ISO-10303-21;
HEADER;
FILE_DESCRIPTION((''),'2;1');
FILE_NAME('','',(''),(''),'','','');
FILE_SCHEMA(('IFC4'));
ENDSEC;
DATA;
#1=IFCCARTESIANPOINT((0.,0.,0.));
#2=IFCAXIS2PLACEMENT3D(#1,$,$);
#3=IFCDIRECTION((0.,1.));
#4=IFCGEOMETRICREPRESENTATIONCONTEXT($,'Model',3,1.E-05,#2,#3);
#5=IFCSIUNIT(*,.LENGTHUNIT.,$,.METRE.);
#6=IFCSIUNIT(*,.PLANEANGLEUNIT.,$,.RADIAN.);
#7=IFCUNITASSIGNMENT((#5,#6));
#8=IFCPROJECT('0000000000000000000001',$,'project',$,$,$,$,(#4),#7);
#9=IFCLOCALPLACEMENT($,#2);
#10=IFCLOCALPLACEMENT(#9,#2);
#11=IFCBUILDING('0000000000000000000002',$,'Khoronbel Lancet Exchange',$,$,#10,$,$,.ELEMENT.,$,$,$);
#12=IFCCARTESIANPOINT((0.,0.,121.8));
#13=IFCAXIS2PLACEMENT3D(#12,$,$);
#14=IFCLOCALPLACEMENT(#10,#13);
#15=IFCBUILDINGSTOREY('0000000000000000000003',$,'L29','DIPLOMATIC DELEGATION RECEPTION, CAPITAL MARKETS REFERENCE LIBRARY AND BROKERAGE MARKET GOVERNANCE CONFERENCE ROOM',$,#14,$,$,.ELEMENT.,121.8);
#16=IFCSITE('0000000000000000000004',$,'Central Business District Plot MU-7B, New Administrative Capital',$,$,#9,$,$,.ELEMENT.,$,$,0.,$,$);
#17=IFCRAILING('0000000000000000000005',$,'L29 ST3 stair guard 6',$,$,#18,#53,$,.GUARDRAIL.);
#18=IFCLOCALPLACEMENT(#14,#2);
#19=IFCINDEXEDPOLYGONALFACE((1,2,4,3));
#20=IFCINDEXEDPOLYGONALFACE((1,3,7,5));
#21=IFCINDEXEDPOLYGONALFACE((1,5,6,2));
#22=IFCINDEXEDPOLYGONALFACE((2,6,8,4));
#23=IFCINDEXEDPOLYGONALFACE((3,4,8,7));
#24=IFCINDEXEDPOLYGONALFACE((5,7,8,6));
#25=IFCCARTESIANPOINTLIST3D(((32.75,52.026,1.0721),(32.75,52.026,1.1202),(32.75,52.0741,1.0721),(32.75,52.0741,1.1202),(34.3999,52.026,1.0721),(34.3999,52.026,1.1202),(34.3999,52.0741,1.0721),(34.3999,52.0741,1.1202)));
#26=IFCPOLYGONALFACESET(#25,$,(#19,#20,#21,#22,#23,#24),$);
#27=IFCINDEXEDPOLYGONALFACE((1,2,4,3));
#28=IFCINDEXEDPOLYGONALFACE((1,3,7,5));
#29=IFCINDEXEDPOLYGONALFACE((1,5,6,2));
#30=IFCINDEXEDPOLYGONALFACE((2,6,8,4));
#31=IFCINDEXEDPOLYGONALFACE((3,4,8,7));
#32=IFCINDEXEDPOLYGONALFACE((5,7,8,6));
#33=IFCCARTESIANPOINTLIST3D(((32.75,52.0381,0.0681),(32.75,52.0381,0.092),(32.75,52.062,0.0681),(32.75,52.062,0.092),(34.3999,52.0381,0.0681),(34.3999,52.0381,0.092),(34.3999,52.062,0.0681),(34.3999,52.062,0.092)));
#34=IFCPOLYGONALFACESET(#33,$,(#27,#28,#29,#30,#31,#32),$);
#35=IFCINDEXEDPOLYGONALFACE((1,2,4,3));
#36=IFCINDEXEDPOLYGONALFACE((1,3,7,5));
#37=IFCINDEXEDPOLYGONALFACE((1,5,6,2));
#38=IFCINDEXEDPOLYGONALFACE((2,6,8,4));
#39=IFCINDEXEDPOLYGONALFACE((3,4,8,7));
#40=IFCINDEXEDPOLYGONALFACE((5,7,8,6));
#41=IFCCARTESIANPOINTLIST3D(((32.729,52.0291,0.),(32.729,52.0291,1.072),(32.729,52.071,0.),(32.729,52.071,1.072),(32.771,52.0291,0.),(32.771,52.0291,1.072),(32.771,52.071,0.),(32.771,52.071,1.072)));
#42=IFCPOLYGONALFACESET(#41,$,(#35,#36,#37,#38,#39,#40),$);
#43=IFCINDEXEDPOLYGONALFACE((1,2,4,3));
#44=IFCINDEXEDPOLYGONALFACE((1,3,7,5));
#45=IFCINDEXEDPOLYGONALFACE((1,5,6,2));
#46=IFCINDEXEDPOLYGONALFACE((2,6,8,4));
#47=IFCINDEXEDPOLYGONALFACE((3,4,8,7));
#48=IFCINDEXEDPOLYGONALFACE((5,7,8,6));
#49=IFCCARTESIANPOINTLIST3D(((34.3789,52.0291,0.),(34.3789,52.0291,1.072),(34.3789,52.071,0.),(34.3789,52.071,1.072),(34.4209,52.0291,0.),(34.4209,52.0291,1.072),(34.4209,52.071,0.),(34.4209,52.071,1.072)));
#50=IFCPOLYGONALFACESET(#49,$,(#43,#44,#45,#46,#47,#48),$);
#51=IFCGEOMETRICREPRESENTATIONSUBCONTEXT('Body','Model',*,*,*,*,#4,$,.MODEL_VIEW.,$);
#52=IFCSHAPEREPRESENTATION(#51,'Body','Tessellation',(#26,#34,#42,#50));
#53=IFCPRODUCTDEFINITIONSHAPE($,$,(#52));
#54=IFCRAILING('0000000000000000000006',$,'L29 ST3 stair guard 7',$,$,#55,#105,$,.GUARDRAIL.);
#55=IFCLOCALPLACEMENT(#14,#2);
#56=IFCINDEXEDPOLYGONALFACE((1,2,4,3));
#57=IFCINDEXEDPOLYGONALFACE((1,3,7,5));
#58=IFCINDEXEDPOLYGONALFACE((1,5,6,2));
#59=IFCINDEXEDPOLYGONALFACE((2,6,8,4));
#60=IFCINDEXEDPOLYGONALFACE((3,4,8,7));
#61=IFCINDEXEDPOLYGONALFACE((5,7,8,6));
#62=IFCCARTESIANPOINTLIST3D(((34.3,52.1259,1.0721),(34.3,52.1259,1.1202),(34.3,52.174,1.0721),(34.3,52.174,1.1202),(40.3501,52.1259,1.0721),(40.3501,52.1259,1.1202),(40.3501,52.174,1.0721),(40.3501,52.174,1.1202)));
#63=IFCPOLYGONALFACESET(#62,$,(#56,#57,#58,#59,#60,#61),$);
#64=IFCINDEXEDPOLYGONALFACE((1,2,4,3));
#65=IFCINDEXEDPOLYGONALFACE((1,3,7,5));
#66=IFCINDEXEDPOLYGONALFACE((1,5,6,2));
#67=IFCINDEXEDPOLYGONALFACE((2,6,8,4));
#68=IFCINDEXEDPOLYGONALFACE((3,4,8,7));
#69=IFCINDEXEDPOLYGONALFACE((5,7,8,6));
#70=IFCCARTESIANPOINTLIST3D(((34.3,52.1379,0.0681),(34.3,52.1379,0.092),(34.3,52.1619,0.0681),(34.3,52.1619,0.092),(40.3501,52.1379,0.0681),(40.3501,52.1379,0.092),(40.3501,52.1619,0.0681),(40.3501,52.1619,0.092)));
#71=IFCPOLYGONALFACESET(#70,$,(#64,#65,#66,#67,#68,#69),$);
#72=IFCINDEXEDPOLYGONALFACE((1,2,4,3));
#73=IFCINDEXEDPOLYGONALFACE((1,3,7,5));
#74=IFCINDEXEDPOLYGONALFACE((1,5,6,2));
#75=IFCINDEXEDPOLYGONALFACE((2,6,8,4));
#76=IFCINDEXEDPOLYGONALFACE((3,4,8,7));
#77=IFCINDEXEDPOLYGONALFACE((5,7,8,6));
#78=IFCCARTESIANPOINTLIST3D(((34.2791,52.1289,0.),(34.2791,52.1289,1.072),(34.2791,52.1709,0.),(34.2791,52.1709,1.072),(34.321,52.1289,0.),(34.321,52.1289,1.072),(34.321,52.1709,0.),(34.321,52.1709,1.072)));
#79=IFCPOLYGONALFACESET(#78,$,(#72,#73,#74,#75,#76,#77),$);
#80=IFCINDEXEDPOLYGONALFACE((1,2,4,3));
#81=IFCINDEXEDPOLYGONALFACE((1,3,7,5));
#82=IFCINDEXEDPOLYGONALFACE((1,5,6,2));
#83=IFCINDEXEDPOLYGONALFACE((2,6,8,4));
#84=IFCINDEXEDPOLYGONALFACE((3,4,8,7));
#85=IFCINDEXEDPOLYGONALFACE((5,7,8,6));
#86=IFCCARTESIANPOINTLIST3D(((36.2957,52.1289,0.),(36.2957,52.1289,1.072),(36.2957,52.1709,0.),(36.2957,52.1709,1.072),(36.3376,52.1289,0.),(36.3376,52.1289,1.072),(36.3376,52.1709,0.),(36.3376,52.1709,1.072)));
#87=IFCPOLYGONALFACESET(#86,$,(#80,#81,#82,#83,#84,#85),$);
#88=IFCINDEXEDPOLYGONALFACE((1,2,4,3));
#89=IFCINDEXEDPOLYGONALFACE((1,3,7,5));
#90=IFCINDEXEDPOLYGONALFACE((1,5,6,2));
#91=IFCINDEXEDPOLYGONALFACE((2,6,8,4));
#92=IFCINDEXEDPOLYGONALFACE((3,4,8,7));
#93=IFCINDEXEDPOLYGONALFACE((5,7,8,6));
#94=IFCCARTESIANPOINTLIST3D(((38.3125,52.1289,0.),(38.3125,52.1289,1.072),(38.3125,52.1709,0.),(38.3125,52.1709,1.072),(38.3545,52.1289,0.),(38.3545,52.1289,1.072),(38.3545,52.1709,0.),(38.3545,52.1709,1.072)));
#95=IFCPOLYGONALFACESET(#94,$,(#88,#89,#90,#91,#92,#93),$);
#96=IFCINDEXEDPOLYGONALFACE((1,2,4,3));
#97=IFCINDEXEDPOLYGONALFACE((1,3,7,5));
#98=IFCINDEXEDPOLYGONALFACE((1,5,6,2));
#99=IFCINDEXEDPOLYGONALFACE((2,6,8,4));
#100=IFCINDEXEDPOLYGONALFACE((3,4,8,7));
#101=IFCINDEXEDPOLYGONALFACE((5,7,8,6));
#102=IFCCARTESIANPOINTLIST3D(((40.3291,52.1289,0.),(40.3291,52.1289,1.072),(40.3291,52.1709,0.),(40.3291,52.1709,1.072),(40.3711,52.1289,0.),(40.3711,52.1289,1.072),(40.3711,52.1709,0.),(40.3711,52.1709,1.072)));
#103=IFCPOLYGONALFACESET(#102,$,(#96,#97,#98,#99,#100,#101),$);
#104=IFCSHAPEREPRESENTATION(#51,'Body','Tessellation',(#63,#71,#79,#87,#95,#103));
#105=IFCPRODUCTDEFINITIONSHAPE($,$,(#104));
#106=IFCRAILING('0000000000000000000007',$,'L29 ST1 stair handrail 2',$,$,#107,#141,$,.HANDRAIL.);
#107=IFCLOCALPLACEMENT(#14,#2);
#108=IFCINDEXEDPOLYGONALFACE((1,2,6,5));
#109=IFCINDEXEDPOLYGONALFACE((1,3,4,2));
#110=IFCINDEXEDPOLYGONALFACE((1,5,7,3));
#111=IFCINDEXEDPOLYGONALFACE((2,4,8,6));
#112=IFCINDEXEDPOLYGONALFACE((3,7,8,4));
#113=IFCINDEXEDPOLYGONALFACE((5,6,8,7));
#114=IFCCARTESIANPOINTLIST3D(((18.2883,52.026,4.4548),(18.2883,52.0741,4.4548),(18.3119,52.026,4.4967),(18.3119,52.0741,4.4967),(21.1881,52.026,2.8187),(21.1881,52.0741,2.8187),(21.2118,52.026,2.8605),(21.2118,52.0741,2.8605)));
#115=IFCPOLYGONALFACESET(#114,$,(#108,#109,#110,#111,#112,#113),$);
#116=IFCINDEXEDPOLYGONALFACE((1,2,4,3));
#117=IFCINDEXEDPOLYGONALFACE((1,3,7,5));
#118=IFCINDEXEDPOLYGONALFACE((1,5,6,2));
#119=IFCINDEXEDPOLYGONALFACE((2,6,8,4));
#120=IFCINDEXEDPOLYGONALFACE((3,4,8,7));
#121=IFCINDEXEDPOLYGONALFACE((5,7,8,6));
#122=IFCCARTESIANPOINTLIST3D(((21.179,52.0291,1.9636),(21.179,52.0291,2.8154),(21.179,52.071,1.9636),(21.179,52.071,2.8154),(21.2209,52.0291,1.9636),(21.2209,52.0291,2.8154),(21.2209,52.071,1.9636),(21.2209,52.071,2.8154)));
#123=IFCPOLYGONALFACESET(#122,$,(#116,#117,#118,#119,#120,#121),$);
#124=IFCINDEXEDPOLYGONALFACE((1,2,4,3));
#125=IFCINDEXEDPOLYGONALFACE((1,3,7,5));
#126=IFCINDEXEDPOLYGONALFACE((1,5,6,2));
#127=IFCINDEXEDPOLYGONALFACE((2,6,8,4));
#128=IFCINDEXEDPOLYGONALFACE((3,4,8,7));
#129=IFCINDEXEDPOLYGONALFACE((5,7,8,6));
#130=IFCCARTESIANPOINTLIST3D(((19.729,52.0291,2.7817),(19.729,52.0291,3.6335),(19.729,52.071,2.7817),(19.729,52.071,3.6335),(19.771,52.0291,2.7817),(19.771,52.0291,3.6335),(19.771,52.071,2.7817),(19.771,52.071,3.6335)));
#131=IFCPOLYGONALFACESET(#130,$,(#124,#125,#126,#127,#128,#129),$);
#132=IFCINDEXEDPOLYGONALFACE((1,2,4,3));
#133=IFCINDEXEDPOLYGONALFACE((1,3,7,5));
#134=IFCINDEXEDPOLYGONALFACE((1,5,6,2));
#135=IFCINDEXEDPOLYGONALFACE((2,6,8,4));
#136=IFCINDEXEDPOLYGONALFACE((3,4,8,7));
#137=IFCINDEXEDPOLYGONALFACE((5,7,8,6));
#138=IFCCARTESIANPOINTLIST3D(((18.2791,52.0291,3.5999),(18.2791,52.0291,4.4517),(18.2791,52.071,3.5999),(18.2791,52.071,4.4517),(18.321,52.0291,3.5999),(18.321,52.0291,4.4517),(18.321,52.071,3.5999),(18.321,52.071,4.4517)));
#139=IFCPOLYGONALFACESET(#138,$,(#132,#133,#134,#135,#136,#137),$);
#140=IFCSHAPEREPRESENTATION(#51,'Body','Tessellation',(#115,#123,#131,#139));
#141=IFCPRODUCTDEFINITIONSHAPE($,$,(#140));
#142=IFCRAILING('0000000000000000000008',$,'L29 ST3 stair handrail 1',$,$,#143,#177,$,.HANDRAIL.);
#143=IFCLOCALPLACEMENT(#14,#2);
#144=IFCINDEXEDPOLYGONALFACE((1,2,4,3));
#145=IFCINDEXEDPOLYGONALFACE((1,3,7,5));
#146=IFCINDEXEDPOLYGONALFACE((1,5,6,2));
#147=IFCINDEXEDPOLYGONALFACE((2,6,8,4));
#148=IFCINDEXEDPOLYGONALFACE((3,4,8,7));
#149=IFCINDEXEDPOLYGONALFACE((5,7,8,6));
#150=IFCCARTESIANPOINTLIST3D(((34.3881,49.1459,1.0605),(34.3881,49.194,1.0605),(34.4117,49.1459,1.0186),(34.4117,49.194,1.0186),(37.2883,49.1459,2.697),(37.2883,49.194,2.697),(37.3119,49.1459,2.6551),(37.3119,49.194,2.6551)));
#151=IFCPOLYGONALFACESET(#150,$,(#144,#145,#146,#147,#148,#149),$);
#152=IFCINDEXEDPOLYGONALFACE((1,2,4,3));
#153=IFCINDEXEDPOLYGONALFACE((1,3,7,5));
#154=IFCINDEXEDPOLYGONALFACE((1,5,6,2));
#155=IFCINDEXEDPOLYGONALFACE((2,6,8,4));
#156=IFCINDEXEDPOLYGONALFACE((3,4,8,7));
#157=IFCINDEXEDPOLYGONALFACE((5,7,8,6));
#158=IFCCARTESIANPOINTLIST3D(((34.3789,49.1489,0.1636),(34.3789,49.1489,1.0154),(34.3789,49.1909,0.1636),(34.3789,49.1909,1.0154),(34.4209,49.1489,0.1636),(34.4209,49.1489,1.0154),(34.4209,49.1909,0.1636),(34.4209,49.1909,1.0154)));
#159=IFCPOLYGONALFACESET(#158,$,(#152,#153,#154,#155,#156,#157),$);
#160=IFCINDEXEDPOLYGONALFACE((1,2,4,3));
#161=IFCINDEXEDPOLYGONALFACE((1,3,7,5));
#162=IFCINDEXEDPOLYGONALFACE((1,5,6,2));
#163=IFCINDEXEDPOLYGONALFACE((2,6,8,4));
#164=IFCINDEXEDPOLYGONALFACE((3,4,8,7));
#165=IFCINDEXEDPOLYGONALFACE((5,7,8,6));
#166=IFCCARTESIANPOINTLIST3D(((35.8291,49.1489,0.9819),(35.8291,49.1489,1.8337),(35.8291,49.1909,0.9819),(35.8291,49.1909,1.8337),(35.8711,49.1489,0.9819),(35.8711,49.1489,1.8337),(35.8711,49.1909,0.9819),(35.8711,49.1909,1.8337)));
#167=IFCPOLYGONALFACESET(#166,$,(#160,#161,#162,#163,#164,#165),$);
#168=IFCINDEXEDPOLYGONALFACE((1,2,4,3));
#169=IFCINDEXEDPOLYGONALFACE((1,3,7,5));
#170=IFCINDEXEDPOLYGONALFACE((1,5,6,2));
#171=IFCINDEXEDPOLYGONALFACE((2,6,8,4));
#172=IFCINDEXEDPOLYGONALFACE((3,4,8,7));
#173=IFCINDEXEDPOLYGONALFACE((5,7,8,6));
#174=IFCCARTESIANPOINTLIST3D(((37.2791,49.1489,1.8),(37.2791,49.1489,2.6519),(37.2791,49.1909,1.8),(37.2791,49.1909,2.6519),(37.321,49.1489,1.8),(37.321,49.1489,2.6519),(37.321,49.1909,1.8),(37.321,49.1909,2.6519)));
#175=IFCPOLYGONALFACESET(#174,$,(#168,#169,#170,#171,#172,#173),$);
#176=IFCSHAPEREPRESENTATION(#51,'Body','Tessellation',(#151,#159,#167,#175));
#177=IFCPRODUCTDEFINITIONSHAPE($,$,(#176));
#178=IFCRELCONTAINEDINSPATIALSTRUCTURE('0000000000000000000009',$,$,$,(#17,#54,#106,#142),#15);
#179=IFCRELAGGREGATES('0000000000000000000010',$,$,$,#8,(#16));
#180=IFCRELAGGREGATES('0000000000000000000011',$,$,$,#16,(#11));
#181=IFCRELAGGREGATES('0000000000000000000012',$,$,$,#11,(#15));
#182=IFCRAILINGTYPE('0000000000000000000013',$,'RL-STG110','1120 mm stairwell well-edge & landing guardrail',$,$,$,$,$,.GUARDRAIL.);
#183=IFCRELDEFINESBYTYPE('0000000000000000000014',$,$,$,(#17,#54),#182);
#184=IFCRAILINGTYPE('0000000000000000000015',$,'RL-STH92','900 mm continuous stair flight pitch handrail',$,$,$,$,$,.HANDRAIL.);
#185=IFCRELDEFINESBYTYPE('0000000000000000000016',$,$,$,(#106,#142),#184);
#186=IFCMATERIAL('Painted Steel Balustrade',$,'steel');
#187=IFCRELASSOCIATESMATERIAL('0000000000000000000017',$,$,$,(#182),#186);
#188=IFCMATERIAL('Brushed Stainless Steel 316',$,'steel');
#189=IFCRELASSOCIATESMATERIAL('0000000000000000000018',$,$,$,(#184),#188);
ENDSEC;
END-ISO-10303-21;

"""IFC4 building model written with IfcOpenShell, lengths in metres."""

from ifc_helpers import new_model, si_unit, direction, frame, origin, origin_2d, place, context, subcontext, project, spatial, rectangle, extrude, material, type_object, element, save


model = new_model("IFC4")

# Units and contexts
model_context = context("Model", 3, precision=1e-05, world=origin(), true_north=direction((0.0, 1.0)))
body_context = subcontext(model_context, "Body", "Model", "MODEL_VIEW")
ifc_project = project(units=[si_unit("LENGTHUNIT", "METRE"), si_unit("PLANEANGLEUNIT", "RADIAN")], contexts=[model_context])

# Site, building, storey
site_placement = place(None, origin())
site = spatial("IfcSite", under=ifc_project, at=site_placement, Name="Central Business District Plot MU-7B, New Administrative Capital", CompositionType="ELEMENT", RefElevation=0.0)
building_placement = place(site_placement, origin())
building = spatial("IfcBuilding", under=site, at=building_placement, Name="Khoronbel Lancet Exchange", CompositionType="ELEMENT")
storey_placement = place(building_placement, frame((0.0, 0.0, 121.8)))
storey = spatial("IfcBuildingStorey", under=building, at=storey_placement, Name="L29", Description="DIPLOMATIC DELEGATION RECEPTION, CAPITAL MARKETS REFERENCE LIBRARY AND BROKERAGE MARKET GOVERNANCE CONFERENCE ROOM", CompositionType="ELEMENT", Elevation=121.8)

# Railings
ifc_material_1 = material(Name="Painted Steel Balustrade", Category="steel")
railing_type_1 = type_object("IfcRailingType", Name="RL-STG110", Description="1120 mm stairwell well-edge & landing guardrail", PredefinedType="GUARDRAIL", material=ifc_material_1)
railing_1_placement = place(storey_placement, frame((32.75, 52.05, 0.0)))
element("IfcRailing", 1, at=railing_1_placement, inside=storey, type_object=railing_type_1, Name="L29 ST3 stair guard 6", PredefinedType="GUARDRAIL", context=body_context, shape_type="SweptSolid", body=[
    extrude(rectangle(XDim=0.0481, YDim=0.0481, at=origin_2d()), frame((0.0, 0.0, 1.0962), z_axis=(1.0, 0.0, 0.0), x_axis=(0.0, 1.0, 0.0)), (0.0, 0.0, 1.0), 1.6499),
    extrude(rectangle(XDim=0.0239, YDim=0.0239, at=origin_2d()), frame((0.0, 0.0, 0.0801), z_axis=(1.0, 0.0, 0.0), x_axis=(0.0, 1.0, 0.0)), (0.0, 0.0, 1.0), 1.6499),
    extrude(rectangle(XDim=0.042, YDim=0.042, at=origin_2d()), origin(), (0.0, 0.0, 1.0), 1.072),
    extrude(rectangle(XDim=0.042, YDim=0.042, at=origin_2d()), frame((1.6499, 0.0, 0.0)), (0.0, 0.0, 1.0), 1.072),
])
railing_2_placement = place(storey_placement, frame((34.3, 52.1499, 0.0)))
element("IfcRailing", 2, at=railing_2_placement, inside=storey, type_object=railing_type_1, Name="L29 ST3 stair guard 7", PredefinedType="GUARDRAIL", context=body_context, shape_type="SweptSolid", body=[
    extrude(rectangle(XDim=0.0481, YDim=0.0481, at=origin_2d()), frame((0.0, 0.0, 1.0962), z_axis=(1.0, 0.0, 0.0), x_axis=(0.0, 1.0, 0.0)), (0.0, 0.0, 1.0), 6.05),
    extrude(rectangle(XDim=0.0239, YDim=0.0239, at=origin_2d()), frame((0.0, 0.0, 0.0801), z_axis=(1.0, 0.0, 0.0), x_axis=(0.0, 1.0, 0.0)), (0.0, 0.0, 1.0), 6.05),
    extrude(rectangle(XDim=0.042, YDim=0.042, at=origin_2d()), origin(), (0.0, 0.0, 1.0), 1.072),
    extrude(rectangle(XDim=0.042, YDim=0.042, at=origin_2d()), frame((2.0166, 0.0, 0.0)), (0.0, 0.0, 1.0), 1.072),
    extrude(rectangle(XDim=0.042, YDim=0.042, at=origin_2d()), frame((4.0334, 0.0, 0.0)), (0.0, 0.0, 1.0), 1.072),
    extrude(rectangle(XDim=0.042, YDim=0.042, at=origin_2d()), frame((6.05, 0.0, 0.0)), (0.0, 0.0, 1.0), 1.072),
])
ifc_material_2 = material(Name="Brushed Stainless Steel 316", Category="steel")
railing_type_2 = type_object("IfcRailingType", Name="RL-STH92", Description="900 mm continuous stair flight pitch handrail", PredefinedType="HANDRAIL", material=ifc_material_2)
railing_3_placement = place(storey_placement, frame((21.2, 52.05, 1.9636)))
element("IfcRailing", 3, at=railing_3_placement, inside=storey, type_object=railing_type_2, Name="L29 ST1 stair handrail 2", PredefinedType="HANDRAIL", context=body_context, shape_type="SweptSolid", body=[
    extrude(rectangle(XDim=0.0481, YDim=0.0481, at=origin_2d()), frame((0.0, 0.0, 0.876), z_axis=(-0.870929, 0.0, 0.49141), x_axis=(0.0, -1.0, 0.0)), (0.0, 0.0, 1.0), 3.3296),
    extrude(rectangle(XDim=0.042, YDim=0.042, at=origin_2d()), origin(), (0.0, 0.0, 1.0), 0.8518),
    extrude(rectangle(XDim=0.042, YDim=0.042, at=origin_2d()), frame((-1.45, 0.0, 0.8181)), (0.0, 0.0, 1.0), 0.8518),
    extrude(rectangle(XDim=0.042, YDim=0.042, at=origin_2d()), frame((-2.8999, 0.0, 1.6362)), (0.0, 0.0, 1.0), 0.8518),
])
railing_4_placement = place(storey_placement, frame((34.3999, 49.1699, 0.1636)))
element("IfcRailing", 4, at=railing_4_placement, inside=storey, type_object=railing_type_2, Name="L29 ST3 stair handrail 1", PredefinedType="HANDRAIL", context=body_context, shape_type="SweptSolid", body=[
    extrude(rectangle(XDim=0.0481, YDim=0.0481, at=origin_2d()), frame((0.0, 0.0, 0.876), z_axis=(0.870915, 0.0, 0.491434), x_axis=(0.0, 1.0, 0.0)), (0.0, 0.0, 1.0), 3.3301),
    extrude(rectangle(XDim=0.042, YDim=0.042, at=origin_2d()), origin(), (0.0, 0.0, 1.0), 0.8518),
    extrude(rectangle(XDim=0.042, YDim=0.042, at=origin_2d()), frame((1.4502, 0.0, 0.8184)), (0.0, 0.0, 1.0), 0.8518),
    extrude(rectangle(XDim=0.042, YDim=0.042, at=origin_2d()), frame((2.9001, 0.0, 1.6365)), (0.0, 0.0, 1.0), 0.8518),
])

save(model, "model.ifc")
